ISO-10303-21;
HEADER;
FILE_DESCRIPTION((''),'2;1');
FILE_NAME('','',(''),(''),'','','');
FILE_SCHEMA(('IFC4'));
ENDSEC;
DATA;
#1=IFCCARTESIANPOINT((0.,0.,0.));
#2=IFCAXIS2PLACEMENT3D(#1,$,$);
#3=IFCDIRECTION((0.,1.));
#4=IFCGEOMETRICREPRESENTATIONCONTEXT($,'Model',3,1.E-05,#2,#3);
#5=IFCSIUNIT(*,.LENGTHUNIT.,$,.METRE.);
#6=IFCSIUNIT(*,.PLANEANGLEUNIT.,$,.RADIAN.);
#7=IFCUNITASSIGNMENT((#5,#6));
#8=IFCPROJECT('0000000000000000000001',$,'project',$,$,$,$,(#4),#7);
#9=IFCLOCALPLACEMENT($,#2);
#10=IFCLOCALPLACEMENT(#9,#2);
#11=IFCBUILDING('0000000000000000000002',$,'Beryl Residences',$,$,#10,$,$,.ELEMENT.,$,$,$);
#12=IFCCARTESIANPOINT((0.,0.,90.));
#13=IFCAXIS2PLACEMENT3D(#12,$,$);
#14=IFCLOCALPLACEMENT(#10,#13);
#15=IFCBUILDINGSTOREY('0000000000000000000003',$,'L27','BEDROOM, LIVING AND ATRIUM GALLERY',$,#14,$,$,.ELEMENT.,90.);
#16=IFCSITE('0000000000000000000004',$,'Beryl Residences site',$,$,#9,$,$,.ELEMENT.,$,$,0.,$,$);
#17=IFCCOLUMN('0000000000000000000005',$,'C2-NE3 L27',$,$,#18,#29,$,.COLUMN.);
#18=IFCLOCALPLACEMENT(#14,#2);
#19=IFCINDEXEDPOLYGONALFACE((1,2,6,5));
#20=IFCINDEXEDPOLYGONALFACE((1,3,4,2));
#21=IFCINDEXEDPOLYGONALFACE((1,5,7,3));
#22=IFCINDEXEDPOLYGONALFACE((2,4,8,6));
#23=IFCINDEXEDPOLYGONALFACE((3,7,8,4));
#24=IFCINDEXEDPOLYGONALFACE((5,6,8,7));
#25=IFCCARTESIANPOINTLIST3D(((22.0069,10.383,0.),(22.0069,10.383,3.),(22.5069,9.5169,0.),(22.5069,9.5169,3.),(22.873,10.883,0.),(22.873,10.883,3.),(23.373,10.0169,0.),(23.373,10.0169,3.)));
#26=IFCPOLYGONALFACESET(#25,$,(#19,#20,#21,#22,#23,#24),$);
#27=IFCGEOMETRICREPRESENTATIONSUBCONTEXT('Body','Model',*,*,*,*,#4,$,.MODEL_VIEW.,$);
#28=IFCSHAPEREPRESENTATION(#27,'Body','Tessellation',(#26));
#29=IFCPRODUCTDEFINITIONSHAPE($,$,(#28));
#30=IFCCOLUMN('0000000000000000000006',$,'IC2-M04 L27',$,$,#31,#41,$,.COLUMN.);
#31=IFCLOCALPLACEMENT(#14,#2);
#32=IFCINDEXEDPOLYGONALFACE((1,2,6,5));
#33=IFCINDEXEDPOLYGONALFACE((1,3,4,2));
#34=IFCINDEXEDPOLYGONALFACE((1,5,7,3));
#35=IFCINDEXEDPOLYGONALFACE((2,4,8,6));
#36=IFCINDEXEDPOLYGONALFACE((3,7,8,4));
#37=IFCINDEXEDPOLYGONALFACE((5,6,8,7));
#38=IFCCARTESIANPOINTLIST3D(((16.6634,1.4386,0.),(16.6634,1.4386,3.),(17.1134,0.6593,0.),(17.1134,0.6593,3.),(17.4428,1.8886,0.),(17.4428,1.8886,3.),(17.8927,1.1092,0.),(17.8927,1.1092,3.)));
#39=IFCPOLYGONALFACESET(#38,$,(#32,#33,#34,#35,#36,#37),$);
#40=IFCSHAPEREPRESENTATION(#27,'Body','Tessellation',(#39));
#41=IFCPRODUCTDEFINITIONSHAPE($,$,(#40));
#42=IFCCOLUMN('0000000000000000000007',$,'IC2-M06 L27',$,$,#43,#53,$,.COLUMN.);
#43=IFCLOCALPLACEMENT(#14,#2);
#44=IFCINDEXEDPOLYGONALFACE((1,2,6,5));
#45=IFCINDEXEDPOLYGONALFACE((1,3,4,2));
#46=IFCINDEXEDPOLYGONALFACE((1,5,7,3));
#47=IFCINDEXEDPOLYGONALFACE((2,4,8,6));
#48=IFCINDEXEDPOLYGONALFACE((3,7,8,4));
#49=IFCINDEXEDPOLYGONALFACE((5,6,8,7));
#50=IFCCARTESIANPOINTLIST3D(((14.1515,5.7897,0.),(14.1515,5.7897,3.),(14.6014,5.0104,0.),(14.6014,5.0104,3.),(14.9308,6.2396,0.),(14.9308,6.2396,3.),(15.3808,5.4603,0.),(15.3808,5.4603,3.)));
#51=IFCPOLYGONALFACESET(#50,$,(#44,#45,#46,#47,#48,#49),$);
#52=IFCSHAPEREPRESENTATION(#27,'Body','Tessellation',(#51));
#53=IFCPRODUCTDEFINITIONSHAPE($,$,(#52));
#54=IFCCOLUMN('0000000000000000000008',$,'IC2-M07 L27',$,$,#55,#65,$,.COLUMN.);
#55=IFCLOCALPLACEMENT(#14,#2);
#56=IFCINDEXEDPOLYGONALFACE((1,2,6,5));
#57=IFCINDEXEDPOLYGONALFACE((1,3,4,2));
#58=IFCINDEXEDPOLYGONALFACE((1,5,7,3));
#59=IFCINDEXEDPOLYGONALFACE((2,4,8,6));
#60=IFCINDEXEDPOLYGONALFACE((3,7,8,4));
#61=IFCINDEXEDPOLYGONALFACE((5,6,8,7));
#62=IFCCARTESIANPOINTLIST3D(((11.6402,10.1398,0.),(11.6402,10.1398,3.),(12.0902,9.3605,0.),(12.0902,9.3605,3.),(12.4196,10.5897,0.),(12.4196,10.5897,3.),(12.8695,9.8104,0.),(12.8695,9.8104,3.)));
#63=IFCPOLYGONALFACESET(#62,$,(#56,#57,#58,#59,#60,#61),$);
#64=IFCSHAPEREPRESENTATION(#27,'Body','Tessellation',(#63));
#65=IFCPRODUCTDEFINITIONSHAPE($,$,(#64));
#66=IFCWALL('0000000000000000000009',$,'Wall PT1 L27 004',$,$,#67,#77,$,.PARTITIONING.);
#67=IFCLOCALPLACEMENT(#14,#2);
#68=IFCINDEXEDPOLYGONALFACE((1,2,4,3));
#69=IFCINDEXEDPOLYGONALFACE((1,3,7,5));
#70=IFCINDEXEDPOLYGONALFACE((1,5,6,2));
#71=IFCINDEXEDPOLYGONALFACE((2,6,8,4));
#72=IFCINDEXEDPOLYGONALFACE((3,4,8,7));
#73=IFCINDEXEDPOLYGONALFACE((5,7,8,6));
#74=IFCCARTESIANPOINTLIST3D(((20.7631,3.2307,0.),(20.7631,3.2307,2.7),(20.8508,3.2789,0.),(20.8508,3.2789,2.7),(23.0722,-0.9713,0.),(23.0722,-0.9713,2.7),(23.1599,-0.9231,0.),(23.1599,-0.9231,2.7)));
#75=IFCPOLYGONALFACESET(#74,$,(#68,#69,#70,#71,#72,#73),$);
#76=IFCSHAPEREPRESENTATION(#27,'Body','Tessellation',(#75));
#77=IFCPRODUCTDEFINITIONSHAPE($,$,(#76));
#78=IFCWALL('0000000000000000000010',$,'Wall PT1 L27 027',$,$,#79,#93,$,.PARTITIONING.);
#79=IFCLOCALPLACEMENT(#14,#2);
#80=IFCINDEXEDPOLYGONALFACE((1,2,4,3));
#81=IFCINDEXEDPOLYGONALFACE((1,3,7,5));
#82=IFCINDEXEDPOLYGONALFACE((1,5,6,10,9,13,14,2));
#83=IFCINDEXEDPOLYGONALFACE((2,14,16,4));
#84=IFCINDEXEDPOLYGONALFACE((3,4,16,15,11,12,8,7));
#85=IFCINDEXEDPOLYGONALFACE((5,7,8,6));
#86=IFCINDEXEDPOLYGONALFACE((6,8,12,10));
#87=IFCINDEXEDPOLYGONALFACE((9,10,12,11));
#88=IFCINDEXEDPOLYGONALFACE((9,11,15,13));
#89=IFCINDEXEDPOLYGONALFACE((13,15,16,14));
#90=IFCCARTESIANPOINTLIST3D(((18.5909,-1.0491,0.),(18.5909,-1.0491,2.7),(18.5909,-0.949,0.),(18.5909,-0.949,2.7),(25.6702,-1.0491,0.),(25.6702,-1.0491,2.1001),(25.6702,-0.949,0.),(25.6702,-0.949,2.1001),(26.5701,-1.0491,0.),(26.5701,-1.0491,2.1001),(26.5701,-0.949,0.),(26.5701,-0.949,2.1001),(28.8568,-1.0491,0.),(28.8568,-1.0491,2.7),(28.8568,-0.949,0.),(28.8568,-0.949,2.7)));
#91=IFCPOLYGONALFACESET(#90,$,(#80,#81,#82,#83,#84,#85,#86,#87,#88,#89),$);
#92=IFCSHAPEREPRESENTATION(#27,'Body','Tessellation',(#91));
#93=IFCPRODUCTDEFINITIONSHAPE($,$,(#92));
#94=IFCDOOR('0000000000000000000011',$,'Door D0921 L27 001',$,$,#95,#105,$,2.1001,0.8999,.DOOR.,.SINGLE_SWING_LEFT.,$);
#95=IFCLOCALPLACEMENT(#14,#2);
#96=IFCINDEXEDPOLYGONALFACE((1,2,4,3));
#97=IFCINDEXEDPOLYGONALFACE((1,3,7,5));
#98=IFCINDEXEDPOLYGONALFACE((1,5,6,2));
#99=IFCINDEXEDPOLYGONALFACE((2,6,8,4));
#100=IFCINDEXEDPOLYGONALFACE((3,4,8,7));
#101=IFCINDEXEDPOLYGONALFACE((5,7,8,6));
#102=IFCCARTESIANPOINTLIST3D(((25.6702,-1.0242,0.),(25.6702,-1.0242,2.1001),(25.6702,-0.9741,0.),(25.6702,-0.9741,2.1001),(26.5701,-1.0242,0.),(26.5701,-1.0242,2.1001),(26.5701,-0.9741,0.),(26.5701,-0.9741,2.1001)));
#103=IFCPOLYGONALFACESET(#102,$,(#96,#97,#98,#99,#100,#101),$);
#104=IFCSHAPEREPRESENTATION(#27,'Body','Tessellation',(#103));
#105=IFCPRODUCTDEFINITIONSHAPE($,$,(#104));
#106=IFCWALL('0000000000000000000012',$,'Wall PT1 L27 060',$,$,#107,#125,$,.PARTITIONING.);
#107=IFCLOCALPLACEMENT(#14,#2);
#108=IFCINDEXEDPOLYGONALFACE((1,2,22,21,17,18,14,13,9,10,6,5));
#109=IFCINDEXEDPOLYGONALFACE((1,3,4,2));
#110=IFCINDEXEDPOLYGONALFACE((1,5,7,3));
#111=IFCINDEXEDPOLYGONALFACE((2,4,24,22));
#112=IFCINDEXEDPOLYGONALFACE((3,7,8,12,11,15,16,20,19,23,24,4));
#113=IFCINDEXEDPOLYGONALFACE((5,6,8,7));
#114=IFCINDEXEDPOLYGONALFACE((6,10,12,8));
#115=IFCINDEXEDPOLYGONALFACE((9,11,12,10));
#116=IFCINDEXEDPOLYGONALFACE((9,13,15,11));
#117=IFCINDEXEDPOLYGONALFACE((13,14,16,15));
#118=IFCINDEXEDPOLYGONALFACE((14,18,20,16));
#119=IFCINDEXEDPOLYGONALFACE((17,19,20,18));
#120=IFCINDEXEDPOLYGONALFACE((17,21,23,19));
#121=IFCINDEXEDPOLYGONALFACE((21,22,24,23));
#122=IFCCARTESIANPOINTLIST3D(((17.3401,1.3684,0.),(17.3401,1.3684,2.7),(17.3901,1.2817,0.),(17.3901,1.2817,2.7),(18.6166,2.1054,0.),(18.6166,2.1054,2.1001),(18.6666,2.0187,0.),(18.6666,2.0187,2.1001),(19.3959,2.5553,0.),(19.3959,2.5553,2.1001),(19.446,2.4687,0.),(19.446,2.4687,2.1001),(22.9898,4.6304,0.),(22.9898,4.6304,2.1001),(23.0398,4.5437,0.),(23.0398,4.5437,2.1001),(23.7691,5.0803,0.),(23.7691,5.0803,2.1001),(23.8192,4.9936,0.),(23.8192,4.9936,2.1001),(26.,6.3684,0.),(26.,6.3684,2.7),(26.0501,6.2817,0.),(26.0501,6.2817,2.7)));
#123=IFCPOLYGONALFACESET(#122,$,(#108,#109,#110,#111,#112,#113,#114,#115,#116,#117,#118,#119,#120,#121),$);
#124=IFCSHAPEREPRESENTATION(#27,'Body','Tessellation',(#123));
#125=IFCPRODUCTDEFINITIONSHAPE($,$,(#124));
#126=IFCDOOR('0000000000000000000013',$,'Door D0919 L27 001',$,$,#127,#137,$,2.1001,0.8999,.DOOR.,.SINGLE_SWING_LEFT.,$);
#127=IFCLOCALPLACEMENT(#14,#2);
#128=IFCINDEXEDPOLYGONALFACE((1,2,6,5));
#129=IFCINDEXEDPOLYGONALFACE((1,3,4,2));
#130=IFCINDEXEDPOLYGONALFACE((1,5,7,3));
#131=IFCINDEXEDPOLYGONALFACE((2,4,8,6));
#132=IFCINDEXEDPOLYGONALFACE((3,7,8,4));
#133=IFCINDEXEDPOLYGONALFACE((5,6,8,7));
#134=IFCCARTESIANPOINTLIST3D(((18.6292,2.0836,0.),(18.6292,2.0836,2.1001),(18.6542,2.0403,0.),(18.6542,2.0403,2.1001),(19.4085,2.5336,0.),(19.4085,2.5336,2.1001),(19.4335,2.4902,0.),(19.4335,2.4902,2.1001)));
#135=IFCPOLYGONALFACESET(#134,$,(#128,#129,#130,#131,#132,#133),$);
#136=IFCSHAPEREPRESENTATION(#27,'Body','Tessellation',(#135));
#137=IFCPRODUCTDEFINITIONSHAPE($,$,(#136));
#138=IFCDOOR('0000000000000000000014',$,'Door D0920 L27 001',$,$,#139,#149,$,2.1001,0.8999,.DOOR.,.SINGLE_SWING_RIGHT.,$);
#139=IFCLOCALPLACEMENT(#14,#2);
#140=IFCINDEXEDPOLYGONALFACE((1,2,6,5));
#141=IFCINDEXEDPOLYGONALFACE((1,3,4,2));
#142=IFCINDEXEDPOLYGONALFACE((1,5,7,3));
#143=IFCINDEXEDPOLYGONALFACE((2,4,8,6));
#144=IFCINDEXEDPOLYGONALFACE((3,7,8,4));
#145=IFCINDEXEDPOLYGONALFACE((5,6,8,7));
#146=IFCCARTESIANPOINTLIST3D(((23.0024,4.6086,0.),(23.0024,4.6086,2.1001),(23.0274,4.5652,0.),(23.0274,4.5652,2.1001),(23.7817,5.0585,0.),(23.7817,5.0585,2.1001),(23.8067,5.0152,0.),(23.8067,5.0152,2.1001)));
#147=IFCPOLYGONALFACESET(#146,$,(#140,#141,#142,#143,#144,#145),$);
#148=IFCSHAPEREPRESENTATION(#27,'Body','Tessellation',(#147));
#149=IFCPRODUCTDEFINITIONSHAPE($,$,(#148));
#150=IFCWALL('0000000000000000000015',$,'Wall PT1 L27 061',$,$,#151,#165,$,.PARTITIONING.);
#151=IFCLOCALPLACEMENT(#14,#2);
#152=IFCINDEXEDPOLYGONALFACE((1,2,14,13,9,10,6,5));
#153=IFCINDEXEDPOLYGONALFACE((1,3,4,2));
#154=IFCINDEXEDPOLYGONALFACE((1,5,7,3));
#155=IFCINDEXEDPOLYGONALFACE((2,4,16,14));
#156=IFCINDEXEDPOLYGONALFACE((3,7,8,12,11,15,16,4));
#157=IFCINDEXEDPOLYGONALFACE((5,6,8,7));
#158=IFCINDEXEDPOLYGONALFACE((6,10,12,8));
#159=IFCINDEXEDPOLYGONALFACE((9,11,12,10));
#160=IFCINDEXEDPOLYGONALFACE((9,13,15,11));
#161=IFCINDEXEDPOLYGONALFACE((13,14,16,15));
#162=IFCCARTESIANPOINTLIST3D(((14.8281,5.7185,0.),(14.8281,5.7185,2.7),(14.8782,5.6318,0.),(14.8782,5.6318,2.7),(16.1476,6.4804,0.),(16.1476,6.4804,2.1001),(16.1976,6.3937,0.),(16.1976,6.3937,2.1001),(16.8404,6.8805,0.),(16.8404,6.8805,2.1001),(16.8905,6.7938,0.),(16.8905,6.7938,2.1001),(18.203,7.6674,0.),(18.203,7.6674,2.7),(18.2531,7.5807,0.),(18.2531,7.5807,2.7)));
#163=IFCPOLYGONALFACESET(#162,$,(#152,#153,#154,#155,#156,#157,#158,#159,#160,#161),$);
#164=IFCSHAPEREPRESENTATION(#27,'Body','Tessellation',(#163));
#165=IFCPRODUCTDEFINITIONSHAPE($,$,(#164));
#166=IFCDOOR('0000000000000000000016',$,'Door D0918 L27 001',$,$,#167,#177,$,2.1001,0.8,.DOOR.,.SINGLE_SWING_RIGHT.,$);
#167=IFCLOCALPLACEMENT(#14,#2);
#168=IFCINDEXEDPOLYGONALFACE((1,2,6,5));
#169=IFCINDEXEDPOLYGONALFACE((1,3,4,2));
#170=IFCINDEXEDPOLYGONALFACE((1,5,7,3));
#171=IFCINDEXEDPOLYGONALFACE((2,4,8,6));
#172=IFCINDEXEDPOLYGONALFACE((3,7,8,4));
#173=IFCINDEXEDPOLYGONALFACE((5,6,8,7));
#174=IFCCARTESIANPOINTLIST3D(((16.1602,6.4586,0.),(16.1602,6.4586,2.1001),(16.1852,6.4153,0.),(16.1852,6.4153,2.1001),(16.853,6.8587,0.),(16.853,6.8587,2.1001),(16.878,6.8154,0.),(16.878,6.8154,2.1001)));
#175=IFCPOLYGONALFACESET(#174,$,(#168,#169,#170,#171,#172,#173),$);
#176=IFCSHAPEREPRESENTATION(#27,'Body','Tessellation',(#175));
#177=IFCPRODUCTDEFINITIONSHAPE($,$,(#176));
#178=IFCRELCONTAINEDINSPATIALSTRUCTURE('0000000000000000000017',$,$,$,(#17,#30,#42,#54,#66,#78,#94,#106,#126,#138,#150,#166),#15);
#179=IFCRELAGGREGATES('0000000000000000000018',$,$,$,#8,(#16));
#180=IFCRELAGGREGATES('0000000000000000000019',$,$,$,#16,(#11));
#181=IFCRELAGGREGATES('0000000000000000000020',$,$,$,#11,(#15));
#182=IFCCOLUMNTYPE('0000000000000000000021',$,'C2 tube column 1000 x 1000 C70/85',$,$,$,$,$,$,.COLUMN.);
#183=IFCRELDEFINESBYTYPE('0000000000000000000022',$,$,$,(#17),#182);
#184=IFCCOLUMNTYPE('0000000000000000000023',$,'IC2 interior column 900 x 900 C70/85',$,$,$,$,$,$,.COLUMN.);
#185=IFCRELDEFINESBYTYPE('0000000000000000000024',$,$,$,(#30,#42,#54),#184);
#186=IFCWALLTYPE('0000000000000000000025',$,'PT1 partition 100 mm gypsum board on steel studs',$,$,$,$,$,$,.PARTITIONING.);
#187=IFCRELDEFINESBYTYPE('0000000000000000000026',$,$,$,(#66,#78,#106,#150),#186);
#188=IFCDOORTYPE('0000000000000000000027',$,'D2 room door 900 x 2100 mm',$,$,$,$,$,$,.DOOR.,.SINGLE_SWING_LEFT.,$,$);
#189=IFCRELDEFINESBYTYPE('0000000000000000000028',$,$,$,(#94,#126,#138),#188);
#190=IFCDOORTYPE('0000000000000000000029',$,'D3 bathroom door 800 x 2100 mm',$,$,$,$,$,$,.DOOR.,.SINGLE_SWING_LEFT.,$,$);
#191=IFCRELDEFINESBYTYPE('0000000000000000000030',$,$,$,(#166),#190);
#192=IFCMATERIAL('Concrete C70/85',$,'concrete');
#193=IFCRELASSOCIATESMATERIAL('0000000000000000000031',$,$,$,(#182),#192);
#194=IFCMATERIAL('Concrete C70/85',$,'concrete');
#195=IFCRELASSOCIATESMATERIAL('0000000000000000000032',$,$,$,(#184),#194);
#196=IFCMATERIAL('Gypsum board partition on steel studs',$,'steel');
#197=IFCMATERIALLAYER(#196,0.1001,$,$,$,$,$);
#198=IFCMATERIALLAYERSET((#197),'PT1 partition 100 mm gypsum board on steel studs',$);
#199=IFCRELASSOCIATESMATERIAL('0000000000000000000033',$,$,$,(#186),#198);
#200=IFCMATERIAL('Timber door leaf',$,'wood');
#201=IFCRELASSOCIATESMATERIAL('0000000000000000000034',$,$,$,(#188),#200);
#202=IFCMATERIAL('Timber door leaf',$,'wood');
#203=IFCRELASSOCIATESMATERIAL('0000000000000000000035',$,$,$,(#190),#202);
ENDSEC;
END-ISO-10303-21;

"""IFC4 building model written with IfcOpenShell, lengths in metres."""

from ifc_helpers import new_model, si_unit, direction, frame, frame_2d, origin, origin_2d, place, context, subcontext, project, spatial, rectangle, extrude, material, layer, layer_set, material_profile, profile_set, type_object, element, fill, save


model = new_model("IFC4")

# Units and contexts
model_context = context("Model", 3, precision=1e-05, world=origin(), true_north=direction((0.0, 1.0)))
body_context = subcontext(model_context, "Body", "Model", "MODEL_VIEW")
ifc_project = project(units=[si_unit("LENGTHUNIT", "METRE"), si_unit("PLANEANGLEUNIT", "RADIAN")], contexts=[model_context])

# Site, building, storey
site_placement = place(None, origin())
site = spatial("IfcSite", under=ifc_project, at=site_placement, Name="Beryl Residences site", CompositionType="ELEMENT", RefElevation=0.0)
building_placement = place(site_placement, origin())
building = spatial("IfcBuilding", under=site, at=building_placement, Name="Beryl Residences", CompositionType="ELEMENT")
storey_placement = place(building_placement, frame((0.0, 0.0, 90.0)))
storey = spatial("IfcBuildingStorey", under=building, at=storey_placement, Name="L27", Description="BEDROOM, LIVING AND ATRIUM GALLERY", CompositionType="ELEMENT", Elevation=90.0)

# Columns
ifc_material_1 = material(Name="Concrete C70/85", Category="concrete")
ifc_material_profile_1 = material_profile(ifc_material_1, rectangle(XDim=1.0, YDim=1.0, at=origin_2d()))
ifc_profile_set_1 = profile_set([ifc_material_profile_1], Name="Concrete C70/85")
column_type_1 = type_object("IfcColumnType", Name="C2 tube column 1000 x 1000 C70/85", PredefinedType="COLUMN", material=ifc_profile_set_1)
column_placement = place(storey_placement, frame((22.6899, 10.2, 0.0), z_axis=(0.0, 0.0, 1.0), x_axis=(-0.5, 0.866025, 0.0)))
element("IfcColumn", 1, at=column_placement, inside=storey, type_object=column_type_1, Name="C2-NE3 L27", PredefinedType="COLUMN", context=body_context, shape_type="SweptSolid", body=[
    extrude(rectangle(XDim=1.0, YDim=1.0, at=origin_2d()), origin(), (0.0, 0.0, 1.0), 3.0),
])
ifc_material_2 = material(Name="Concrete C70/85", Category="concrete")
ifc_material_profile_2 = material_profile(ifc_material_2, rectangle(XDim=0.8999, YDim=0.8999, at=origin_2d()))
ifc_profile_set_2 = profile_set([ifc_material_profile_2], Name="Concrete C70/85")
column_type_2 = type_object("IfcColumnType", Name="IC2 interior column 900 x 900 C70/85", PredefinedType="COLUMN", material=ifc_profile_set_2)
for number, where, z_axis, x_axis, name in (
    (2, (17.2781, 1.2739, 0.0), (0.0, 0.0, 1.0), (-0.5, 0.866025, 0.0), "IC2-M04 L27"),
    (3, (14.7661, 5.625, 0.0), (0.0, 0.0, 1.0), (-0.5, 0.866025, 0.0), "IC2-M06 L27"),
    (4, (12.2549, 9.9751, 0.0), (0.0, 0.0, 1.0), (-0.5, 0.866025, 0.0), "IC2-M07 L27"),
):
    element("IfcColumn", number, at=place(storey_placement, frame(where, z_axis=z_axis, x_axis=x_axis)), inside=storey, type_object=column_type_2, Name=name, PredefinedType="COLUMN", context=body_context, shape_type="SweptSolid", body=[
        extrude(rectangle(XDim=0.8999, YDim=0.8999, at=origin_2d()), origin(), (0.0, 0.0, 1.0), 3.0),
    ])

# Wall
ifc_material_3 = material(Name="Gypsum board partition on steel studs", Category="steel")
ifc_layer_1 = layer(ifc_material_3, 0.1001)
ifc_layer_set_1 = layer_set([ifc_layer_1], Name="PT1 partition 100 mm gypsum board on steel studs")
wall_type_1 = type_object("IfcWallType", Name="PT1 partition 100 mm gypsum board on steel studs", PredefinedType="PARTITIONING", material=ifc_layer_set_1)
wall_1_placement = place(storey_placement, frame((20.8069, 3.2549, 0.0), z_axis=(0.0, 0.0, 1.0), x_axis=(0.481604, -0.876389, 0.0)))
element("IfcWall", 5, at=wall_1_placement, inside=storey, type_object=wall_type_1, Name="Wall PT1 L27 004", PredefinedType="PARTITIONING", context=body_context, shape_type="SweptSolid", body=[
    extrude(rectangle(XDim=4.7947, YDim=0.1001, at=frame_2d((2.3975, 0.0))), origin(), (0.0, 0.0, 1.0), 2.7),
])

# Wall, opening, door
wall_2_placement = place(storey_placement, frame((18.5911, -0.999, 0.0), z_axis=(0.0, 0.0, 1.0), x_axis=(1.0, 0.0, 0.0)))
wall_2 = element("IfcWall", 6, at=wall_2_placement, inside=storey, type_object=wall_type_1, Name="Wall PT1 L27 027", PredefinedType="PARTITIONING", context=body_context, shape_type="SweptSolid", body=[
    extrude(rectangle(XDim=10.2659, YDim=0.1001, at=frame_2d((5.1328, 0.0))), origin(), (0.0, 0.0, 1.0), 2.7),
])
opening_1_placement = place(wall_2_placement, frame((7.0791, 0.0, 0.0)))
opening_1 = element("IfcOpeningElement", 7, at=opening_1_placement, cuts=wall_2, PredefinedType="OPENING", context=body_context, shape_type="SweptSolid", body=[
    extrude(rectangle(XDim=0.8999, YDim=2.1001, at=frame_2d((0.45, 1.05))), frame((0.0, 0.0601, 0.0), z_axis=(0.0, -1.0, 0.0), x_axis=(1.0, 0.0, 0.0)), (0.0, 0.0, 1.0), 0.1201),
])
ifc_material_4 = material(Name="Timber door leaf", Category="wood")
door_type_1 = type_object("IfcDoorType", Name="D2 room door 900 x 2100 mm", OperationType="SINGLE_SWING_LEFT", PredefinedType="DOOR", material=ifc_material_4)
door_1_placement = place(opening_1_placement, origin())
door_1 = element("IfcDoor", 8, at=door_1_placement, inside=storey, type_object=door_type_1, Name="Door D0921 L27 001", OperationType="SINGLE_SWING_LEFT", OverallHeight=2.1001, OverallWidth=0.8999, PredefinedType="DOOR", context=body_context, shape_type="SweptSolid", body=[
    extrude(rectangle(XDim=0.8999, YDim=2.1001, at=frame_2d((0.45, 1.05))), frame((0.0, 0.0249, 0.0), z_axis=(0.0, -1.0, 0.0), x_axis=(1.0, 0.0, 0.0)), (0.0, 0.0, 1.0), 0.05),
])
fill(opening_1, door_1)

# Wall, openings, doors
wall_3_placement = place(storey_placement, frame((17.365, 1.325, 0.0), z_axis=(0.0, 0.0, 1.0), x_axis=(0.866017, 0.500015, 0.0)))
wall_3 = element("IfcWall", 9, at=wall_3_placement, inside=storey, type_object=wall_type_1, Name="Wall PT1 L27 060", PredefinedType="PARTITIONING", context=body_context, shape_type="SweptSolid", body=[
    extrude(rectangle(XDim=9.9998, YDim=0.1001, at=frame_2d((5.0, 0.0))), origin(), (0.0, 0.0, 1.0), 2.7),
])
opening_2_placement = place(wall_3_placement, frame((1.4741, 0.0, 0.0)))
opening_2 = element("IfcOpeningElement", 10, at=opening_2_placement, cuts=wall_3, PredefinedType="OPENING", context=body_context, shape_type="SweptSolid", body=[
    extrude(rectangle(XDim=0.8999, YDim=2.1001, at=frame_2d((0.45, 1.05))), frame((0.0, 0.0601, 0.0), z_axis=(0.0, -1.0, 0.0), x_axis=(1.0, 0.0, 0.0)), (0.0, 0.0, 1.0), 0.1201),
])
opening_3_placement = place(wall_3_placement, frame((6.5239, 0.0, 0.0)))
opening_3 = element("IfcOpeningElement", 11, at=opening_3_placement, cuts=wall_3, PredefinedType="OPENING", context=body_context, shape_type="SweptSolid", body=[
    extrude(rectangle(XDim=0.8999, YDim=2.1001, at=frame_2d((0.45, 1.05))), frame((0.0, 0.0601, 0.0), z_axis=(0.0, -1.0, 0.0), x_axis=(1.0, 0.0, 0.0)), (0.0, 0.0, 1.0), 0.1201),
])
door_2_placement = place(opening_2_placement, origin())
door_2 = element("IfcDoor", 12, at=door_2_placement, inside=storey, type_object=door_type_1, Name="Door D0919 L27 001", OperationType="SINGLE_SWING_LEFT", OverallHeight=2.1001, OverallWidth=0.8999, PredefinedType="DOOR", context=body_context, shape_type="SweptSolid", body=[
    extrude(rectangle(XDim=0.8999, YDim=2.1001, at=frame_2d((0.45, 1.05))), frame((0.0, 0.0249, 0.0), z_axis=(0.0, -1.0, 0.0), x_axis=(1.0, 0.0, 0.0)), (0.0, 0.0, 1.0), 0.05),
])
fill(opening_2, door_2)
door_3_placement = place(opening_3_placement, origin())
door_3 = element("IfcDoor", 13, at=door_3_placement, inside=storey, type_object=door_type_1, Name="Door D0920 L27 001", OperationType="SINGLE_SWING_RIGHT", OverallHeight=2.1001, OverallWidth=0.8999, PredefinedType="DOOR", context=body_context, shape_type="SweptSolid", body=[
    extrude(rectangle(XDim=0.8999, YDim=2.1001, at=frame_2d((0.45, 1.05))), frame((0.0, 0.0249, 0.0), z_axis=(0.0, -1.0, 0.0), x_axis=(1.0, 0.0, 0.0)), (0.0, 0.0, 1.0), 0.05),
])
fill(opening_3, door_3)

# Wall, opening, door
wall_4_placement = place(storey_placement, frame((14.853, 5.675, 0.0), z_axis=(0.0, 0.0, 1.0), x_axis=(0.865979, 0.50008, 0.0)))
wall_4 = element("IfcWall", 14, at=wall_4_placement, inside=storey, type_object=wall_type_1, Name="Wall PT1 L27 061", PredefinedType="PARTITIONING", context=body_context, shape_type="SweptSolid", body=[
    extrude(rectangle(XDim=3.8972, YDim=0.1001, at=frame_2d((1.9487, 0.0))), origin(), (0.0, 0.0, 1.0), 2.7),
])
opening_4_placement = place(wall_4_placement, frame((1.5239, 0.0, 0.0)))
opening_4 = element("IfcOpeningElement", 15, at=opening_4_placement, cuts=wall_4, PredefinedType="OPENING", context=body_context, shape_type="SweptSolid", body=[
    extrude(rectangle(XDim=0.8, YDim=2.1001, at=frame_2d((0.3999, 1.05))), frame((0.0, 0.0601, 0.0), z_axis=(0.0, -1.0, 0.0), x_axis=(1.0, 0.0, 0.0)), (0.0, 0.0, 1.0), 0.1201),
])
ifc_material_5 = material(Name="Timber door leaf", Category="wood")
door_type_2 = type_object("IfcDoorType", Name="D3 bathroom door 800 x 2100 mm", OperationType="SINGLE_SWING_LEFT", PredefinedType="DOOR", material=ifc_material_5)
door_4_placement = place(opening_4_placement, origin())
door_4 = element("IfcDoor", 16, at=door_4_placement, inside=storey, type_object=door_type_2, Name="Door D0918 L27 001", OperationType="SINGLE_SWING_RIGHT", OverallHeight=2.1001, OverallWidth=0.8, PredefinedType="DOOR", context=body_context, shape_type="SweptSolid", body=[
    extrude(rectangle(XDim=0.8, YDim=2.1001, at=frame_2d((0.3999, 1.05))), frame((0.0, 0.0249, 0.0), z_axis=(0.0, -1.0, 0.0), x_axis=(1.0, 0.0, 0.0)), (0.0, 0.0, 1.0), 0.05),
])
fill(opening_4, door_4)

save(model, "model.ifc")
